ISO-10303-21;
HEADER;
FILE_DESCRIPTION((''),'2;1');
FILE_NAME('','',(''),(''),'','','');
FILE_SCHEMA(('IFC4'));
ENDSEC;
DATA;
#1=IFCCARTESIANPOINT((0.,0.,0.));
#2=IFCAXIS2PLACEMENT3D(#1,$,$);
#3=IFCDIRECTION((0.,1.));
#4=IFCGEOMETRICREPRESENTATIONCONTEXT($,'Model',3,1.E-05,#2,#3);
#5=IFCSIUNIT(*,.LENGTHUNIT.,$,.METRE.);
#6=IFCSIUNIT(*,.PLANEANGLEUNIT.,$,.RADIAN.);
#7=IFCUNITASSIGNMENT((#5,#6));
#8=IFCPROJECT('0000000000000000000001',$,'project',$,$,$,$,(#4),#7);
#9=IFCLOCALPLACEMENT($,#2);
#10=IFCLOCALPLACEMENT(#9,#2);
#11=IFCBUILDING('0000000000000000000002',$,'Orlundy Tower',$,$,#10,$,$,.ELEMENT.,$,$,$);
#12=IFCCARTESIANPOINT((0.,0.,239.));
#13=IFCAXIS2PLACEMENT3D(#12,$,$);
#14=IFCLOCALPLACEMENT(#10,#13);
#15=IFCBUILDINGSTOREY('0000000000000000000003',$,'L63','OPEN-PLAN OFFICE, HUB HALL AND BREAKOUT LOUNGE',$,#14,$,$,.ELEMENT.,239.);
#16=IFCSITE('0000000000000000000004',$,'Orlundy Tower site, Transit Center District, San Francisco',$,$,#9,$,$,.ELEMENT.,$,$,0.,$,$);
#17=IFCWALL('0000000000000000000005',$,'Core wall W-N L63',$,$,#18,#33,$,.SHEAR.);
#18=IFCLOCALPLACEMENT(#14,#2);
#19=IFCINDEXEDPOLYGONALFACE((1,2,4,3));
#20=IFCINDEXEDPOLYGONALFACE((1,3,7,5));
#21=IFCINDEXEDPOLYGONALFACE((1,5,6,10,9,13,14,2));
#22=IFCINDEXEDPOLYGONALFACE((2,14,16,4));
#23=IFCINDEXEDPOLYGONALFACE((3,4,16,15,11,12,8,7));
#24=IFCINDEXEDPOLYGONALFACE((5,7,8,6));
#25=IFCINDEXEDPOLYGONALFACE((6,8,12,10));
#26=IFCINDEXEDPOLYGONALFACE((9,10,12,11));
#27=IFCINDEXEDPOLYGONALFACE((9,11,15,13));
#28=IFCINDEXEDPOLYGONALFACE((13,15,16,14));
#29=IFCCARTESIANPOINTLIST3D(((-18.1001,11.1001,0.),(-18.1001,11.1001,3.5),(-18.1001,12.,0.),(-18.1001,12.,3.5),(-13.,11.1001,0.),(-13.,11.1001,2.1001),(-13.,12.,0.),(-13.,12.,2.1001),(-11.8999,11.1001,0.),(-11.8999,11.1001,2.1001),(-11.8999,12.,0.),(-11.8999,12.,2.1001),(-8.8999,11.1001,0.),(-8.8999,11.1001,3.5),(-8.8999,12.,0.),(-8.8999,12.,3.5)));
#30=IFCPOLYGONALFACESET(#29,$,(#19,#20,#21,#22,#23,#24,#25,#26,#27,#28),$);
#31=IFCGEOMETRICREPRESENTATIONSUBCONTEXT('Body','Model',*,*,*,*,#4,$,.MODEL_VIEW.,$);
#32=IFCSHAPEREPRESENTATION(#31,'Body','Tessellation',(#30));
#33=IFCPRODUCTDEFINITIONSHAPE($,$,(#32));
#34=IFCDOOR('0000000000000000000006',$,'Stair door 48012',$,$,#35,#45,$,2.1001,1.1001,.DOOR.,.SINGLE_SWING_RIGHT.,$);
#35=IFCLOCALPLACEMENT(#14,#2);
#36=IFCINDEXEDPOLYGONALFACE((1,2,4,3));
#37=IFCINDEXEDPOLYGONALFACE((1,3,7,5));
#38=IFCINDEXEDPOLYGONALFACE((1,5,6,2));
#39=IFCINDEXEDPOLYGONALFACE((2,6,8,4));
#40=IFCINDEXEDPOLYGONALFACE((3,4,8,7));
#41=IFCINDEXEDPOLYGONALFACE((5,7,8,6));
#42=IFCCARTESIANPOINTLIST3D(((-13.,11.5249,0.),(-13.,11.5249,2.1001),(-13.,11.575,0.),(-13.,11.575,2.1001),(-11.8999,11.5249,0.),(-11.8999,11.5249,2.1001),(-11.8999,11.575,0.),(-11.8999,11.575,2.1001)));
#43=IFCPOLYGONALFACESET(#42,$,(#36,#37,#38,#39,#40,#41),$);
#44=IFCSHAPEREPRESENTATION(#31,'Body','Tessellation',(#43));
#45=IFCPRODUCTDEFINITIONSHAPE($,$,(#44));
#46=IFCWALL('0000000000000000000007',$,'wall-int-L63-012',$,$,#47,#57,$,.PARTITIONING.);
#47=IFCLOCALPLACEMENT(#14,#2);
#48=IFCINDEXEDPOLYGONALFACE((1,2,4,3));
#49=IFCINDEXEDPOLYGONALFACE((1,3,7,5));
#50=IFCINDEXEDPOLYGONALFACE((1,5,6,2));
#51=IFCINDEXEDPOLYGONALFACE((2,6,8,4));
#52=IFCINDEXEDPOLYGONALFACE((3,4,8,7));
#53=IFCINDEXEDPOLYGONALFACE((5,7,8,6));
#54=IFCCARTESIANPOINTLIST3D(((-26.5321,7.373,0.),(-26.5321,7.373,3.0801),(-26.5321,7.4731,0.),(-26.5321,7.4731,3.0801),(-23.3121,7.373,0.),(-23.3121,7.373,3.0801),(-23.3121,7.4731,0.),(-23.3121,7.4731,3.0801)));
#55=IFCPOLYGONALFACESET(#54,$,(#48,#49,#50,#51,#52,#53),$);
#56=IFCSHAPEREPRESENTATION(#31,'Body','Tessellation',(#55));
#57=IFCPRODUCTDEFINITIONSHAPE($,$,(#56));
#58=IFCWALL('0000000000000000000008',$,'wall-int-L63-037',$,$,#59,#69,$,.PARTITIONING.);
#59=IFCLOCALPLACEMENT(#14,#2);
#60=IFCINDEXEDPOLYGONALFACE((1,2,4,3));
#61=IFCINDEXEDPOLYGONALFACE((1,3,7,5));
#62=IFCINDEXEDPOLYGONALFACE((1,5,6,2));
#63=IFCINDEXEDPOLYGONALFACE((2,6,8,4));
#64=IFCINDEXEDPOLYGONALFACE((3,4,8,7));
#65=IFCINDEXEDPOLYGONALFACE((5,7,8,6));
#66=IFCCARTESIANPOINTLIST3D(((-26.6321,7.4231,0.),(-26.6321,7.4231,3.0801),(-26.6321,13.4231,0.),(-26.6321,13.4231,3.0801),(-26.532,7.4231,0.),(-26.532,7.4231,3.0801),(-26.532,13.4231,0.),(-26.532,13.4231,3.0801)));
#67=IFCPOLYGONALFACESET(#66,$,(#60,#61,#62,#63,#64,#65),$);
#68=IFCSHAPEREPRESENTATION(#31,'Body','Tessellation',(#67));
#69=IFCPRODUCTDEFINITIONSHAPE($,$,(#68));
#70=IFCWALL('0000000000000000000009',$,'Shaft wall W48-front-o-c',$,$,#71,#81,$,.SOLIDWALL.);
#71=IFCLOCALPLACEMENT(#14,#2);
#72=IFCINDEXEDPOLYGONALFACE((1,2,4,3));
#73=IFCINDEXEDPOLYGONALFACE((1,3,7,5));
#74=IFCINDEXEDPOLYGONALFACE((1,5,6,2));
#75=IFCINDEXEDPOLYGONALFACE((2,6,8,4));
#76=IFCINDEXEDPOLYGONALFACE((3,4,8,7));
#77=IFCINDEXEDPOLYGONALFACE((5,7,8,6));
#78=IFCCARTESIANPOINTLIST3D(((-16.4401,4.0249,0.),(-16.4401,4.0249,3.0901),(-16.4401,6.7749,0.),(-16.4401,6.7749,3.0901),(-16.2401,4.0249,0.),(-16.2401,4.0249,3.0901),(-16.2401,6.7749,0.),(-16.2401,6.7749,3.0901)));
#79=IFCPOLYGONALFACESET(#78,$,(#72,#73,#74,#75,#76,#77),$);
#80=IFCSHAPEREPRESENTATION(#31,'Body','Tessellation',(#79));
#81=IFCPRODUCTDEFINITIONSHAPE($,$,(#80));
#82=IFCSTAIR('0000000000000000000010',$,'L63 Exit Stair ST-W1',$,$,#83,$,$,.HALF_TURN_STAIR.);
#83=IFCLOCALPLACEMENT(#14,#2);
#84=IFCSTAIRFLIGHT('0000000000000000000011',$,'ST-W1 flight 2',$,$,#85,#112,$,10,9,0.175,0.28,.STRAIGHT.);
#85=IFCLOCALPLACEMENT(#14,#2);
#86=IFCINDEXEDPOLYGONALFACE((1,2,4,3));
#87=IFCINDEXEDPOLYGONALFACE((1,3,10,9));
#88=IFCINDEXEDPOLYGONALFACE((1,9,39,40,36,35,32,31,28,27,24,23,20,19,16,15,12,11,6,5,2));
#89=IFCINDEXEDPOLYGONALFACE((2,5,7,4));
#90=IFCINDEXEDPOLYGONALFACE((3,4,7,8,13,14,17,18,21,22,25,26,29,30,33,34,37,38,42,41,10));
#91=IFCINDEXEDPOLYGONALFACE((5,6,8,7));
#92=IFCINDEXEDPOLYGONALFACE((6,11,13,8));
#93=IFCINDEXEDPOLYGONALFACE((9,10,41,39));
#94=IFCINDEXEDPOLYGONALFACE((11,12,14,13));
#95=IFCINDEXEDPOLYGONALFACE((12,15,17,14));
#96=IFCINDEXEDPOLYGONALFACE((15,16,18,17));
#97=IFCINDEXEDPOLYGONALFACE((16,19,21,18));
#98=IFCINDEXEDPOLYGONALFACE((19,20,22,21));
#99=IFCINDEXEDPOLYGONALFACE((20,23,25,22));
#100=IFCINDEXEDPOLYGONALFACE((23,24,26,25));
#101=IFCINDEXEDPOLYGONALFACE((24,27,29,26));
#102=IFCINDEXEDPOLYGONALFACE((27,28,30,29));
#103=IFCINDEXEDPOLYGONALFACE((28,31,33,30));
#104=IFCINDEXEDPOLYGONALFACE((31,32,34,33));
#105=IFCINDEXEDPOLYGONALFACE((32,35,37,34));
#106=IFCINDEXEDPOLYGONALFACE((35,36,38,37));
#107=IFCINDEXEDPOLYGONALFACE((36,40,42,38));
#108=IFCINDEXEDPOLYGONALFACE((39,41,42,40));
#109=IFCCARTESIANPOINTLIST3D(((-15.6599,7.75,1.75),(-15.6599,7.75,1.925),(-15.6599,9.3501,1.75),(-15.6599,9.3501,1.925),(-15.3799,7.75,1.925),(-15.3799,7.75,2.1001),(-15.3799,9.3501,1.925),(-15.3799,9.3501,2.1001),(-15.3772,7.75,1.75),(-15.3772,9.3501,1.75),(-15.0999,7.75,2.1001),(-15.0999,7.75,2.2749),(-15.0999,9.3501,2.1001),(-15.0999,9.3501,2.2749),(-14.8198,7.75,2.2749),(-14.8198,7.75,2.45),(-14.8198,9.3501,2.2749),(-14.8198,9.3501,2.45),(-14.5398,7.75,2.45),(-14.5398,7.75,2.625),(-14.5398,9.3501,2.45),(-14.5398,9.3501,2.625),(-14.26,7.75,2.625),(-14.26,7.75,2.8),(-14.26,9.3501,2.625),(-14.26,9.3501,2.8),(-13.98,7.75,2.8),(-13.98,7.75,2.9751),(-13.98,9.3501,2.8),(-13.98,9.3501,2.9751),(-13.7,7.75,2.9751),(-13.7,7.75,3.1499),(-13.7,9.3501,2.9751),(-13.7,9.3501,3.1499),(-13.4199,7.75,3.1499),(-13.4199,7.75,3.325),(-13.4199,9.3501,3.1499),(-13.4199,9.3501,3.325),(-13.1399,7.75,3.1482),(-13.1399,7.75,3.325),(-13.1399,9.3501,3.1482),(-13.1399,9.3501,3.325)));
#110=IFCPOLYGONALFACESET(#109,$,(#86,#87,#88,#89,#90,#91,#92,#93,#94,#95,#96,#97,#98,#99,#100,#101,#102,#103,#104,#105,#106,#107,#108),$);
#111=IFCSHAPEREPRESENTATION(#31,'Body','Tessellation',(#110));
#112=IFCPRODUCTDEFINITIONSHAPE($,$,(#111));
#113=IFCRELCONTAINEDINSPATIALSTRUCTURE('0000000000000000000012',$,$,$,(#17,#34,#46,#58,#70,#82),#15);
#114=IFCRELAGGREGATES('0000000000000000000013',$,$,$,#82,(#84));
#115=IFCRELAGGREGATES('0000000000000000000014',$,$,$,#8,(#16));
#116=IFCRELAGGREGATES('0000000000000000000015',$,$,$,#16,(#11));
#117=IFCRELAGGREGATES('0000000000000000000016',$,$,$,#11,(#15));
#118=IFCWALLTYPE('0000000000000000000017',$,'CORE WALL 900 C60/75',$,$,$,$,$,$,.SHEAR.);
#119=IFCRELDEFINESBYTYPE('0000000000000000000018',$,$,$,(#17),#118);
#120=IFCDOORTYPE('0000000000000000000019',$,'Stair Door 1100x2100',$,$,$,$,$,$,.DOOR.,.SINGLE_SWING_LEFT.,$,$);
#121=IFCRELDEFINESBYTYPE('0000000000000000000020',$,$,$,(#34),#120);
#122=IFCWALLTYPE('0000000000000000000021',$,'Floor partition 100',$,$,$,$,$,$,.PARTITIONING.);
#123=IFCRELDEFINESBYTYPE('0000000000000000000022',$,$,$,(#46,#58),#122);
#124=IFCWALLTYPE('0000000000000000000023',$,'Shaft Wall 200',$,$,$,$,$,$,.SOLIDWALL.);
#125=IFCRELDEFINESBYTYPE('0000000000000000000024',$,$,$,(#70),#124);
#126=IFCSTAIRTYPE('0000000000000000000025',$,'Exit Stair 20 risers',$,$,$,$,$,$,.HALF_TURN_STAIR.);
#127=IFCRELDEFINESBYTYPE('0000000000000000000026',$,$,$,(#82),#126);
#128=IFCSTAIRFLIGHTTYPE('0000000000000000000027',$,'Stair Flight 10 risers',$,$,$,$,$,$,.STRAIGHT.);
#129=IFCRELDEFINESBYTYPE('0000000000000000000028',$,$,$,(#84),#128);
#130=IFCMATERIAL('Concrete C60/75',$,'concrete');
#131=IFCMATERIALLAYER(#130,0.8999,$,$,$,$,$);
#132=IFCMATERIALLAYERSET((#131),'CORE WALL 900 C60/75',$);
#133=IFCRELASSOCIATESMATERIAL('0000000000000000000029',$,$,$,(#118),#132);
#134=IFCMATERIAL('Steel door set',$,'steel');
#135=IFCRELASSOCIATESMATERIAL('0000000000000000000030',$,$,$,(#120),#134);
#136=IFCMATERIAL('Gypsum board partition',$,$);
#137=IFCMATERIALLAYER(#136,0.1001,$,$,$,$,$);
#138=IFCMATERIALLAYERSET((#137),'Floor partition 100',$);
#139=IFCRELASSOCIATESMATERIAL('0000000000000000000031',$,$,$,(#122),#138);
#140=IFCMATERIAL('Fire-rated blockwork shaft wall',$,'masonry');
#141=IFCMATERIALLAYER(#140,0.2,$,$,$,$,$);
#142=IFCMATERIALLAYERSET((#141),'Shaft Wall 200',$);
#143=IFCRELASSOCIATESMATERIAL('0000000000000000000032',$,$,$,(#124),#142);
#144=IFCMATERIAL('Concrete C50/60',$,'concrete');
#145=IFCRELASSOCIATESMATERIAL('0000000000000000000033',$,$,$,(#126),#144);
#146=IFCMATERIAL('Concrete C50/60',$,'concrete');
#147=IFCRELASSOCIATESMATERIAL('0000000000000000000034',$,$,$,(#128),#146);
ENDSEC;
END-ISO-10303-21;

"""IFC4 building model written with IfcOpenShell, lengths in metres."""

from ifc_helpers import new_model, si_unit, direction, frame, frame_2d, origin, place, context, subcontext, project, spatial, polyline, rectangle, outline, extrude, material, layer, layer_set, type_object, element, fill, aggregate, save


model = new_model("IFC4")

# Units and contexts
model_context = context("Model", 3, precision=1e-05, world=origin(), true_north=direction((0.0, 1.0)))
body_context = subcontext(model_context, "Body", "Model", "MODEL_VIEW")
ifc_project = project(units=[si_unit("LENGTHUNIT", "METRE"), si_unit("PLANEANGLEUNIT", "RADIAN")], contexts=[model_context])

# Site, building, storey
site_placement = place(None, origin())
site = spatial("IfcSite", under=ifc_project, at=site_placement, Name="Orlundy Tower site, Transit Center District, San Francisco", CompositionType="ELEMENT", RefElevation=0.0)
building_placement = place(site_placement, origin())
building = spatial("IfcBuilding", under=site, at=building_placement, Name="Orlundy Tower", CompositionType="ELEMENT")
storey_placement = place(building_placement, frame((0.0, 0.0, 239.0)))
storey = spatial("IfcBuildingStorey", under=building, at=storey_placement, Name="L63", Description="OPEN-PLAN OFFICE, HUB HALL AND BREAKOUT LOUNGE", CompositionType="ELEMENT", Elevation=239.0)

# Wall, opening, door
ifc_material_1 = material(Name="Concrete C60/75", Category="concrete")
ifc_layer_1 = layer(ifc_material_1, 0.8999)
ifc_layer_set_1 = layer_set([ifc_layer_1], Name="CORE WALL 900 C60/75")
wall_type_1 = type_object("IfcWallType", Name="CORE WALL 900 C60/75", PredefinedType="SHEAR", material=ifc_layer_set_1)
wall_1_placement = place(storey_placement, frame((-18.1001, 11.55, 0.0), z_axis=(0.0, 0.0, 1.0), x_axis=(1.0, 0.0, 0.0)))
wall_1 = element("IfcWall", 1, at=wall_1_placement, inside=storey, type_object=wall_type_1, Name="Core wall W-N L63", PredefinedType="SHEAR", context=body_context, shape_type="SweptSolid", body=[
    extrude(rectangle(XDim=9.2002, YDim=0.8999, at=frame_2d((4.6001, 0.0))), origin(), (0.0, 0.0, 1.0), 3.5),
])
opening_placement = place(wall_1_placement, frame((5.1001, 0.0, 0.0)))
opening = element("IfcOpeningElement", 2, at=opening_placement, cuts=wall_1, PredefinedType="OPENING", context=body_context, shape_type="SweptSolid", body=[
    extrude(rectangle(XDim=1.1001, YDim=2.1001, at=frame_2d((0.55, 1.05))), frame((0.0, 0.46, 0.0), z_axis=(0.0, -1.0, 0.0), x_axis=(1.0, 0.0, 0.0)), (0.0, 0.0, 1.0), 0.9199),
])
ifc_material_2 = material(Name="Steel door set", Category="steel")
door_type = type_object("IfcDoorType", Name="Stair Door 1100x2100", OperationType="SINGLE_SWING_LEFT", PredefinedType="DOOR", material=ifc_material_2)
door_placement = place(opening_placement, origin())
door = element("IfcDoor", 3, at=door_placement, inside=storey, type_object=door_type, Name="Stair door 48012", OperationType="SINGLE_SWING_RIGHT", OverallHeight=2.1001, OverallWidth=1.1001, PredefinedType="DOOR", context=body_context, shape_type="SweptSolid", body=[
    extrude(rectangle(XDim=1.1001, YDim=2.1001, at=frame_2d((0.55, 1.05))), frame((0.0, 0.0249, 0.0), z_axis=(0.0, -1.0, 0.0), x_axis=(1.0, 0.0, 0.0)), (0.0, 0.0, 1.0), 0.05),
])
fill(opening, door)

# Walls
ifc_material_3 = material(Name="Gypsum board partition")
ifc_layer_2 = layer(ifc_material_3, 0.1001)
ifc_layer_set_2 = layer_set([ifc_layer_2], Name="Floor partition 100")
wall_type_2 = type_object("IfcWallType", Name="Floor partition 100", PredefinedType="PARTITIONING", material=ifc_layer_set_2)
wall_2_placement = place(storey_placement, frame((-26.532, 7.4231, 0.0), z_axis=(0.0, 0.0, 1.0), x_axis=(1.0, 0.0, 0.0)))
element("IfcWall", 4, at=wall_2_placement, inside=storey, type_object=wall_type_2, Name="wall-int-L63-012", PredefinedType="PARTITIONING", context=body_context, shape_type="SweptSolid", body=[
    extrude(rectangle(XDim=3.22, YDim=0.1001, at=frame_2d((1.6099, 0.0))), origin(), (0.0, 0.0, 1.0), 3.0801),
])
wall_3_placement = place(storey_placement, frame((-26.582, 7.4231, 0.0), z_axis=(0.0, 0.0, 1.0), x_axis=(0.0, 1.0, 0.0)))
element("IfcWall", 5, at=wall_3_placement, inside=storey, type_object=wall_type_2, Name="wall-int-L63-037", PredefinedType="PARTITIONING", context=body_context, shape_type="SweptSolid", body=[
    extrude(rectangle(XDim=6.0, YDim=0.1001, at=frame_2d((3.0, 0.0))), origin(), (0.0, 0.0, 1.0), 3.0801),
])
ifc_material_4 = material(Name="Fire-rated blockwork shaft wall", Category="masonry")
ifc_layer_3 = layer(ifc_material_4, 0.2)
ifc_layer_set_3 = layer_set([ifc_layer_3], Name="Shaft Wall 200")
wall_type_3 = type_object("IfcWallType", Name="Shaft Wall 200", PredefinedType="SOLIDWALL", material=ifc_layer_set_3)
wall_4_placement = place(storey_placement, frame((-16.3401, 4.0249, 0.0), z_axis=(0.0, 0.0, 1.0), x_axis=(0.0, 1.0, 0.0)))
element("IfcWall", 6, at=wall_4_placement, inside=storey, type_object=wall_type_3, Name="Shaft wall W48-front-o-c", PredefinedType="SOLIDWALL", context=body_context, shape_type="SweptSolid", body=[
    extrude(rectangle(XDim=2.75, YDim=0.2, at=frame_2d((1.375, 0.0))), origin(), (0.0, 0.0, 1.0), 3.0901),
])

# Stair, stair flight
ifc_material_5 = material(Name="Concrete C50/60", Category="concrete")
stair_type = type_object("IfcStairType", Name="Exit Stair 20 risers", PredefinedType="HALF_TURN_STAIR", material=ifc_material_5)
stair_placement = place(storey_placement, origin())
stair = element("IfcStair", 7, at=stair_placement, inside=storey, type_object=stair_type, Name="L63 Exit Stair ST-W1", PredefinedType="HALF_TURN_STAIR")
ifc_material_6 = material(Name="Concrete C50/60", Category="concrete")
stair_flight_type = type_object("IfcStairFlightType", Name="Stair Flight 10 risers", PredefinedType="STRAIGHT", material=ifc_material_6)
stair_flight_placement = place(storey_placement, frame((-15.6599, 8.55, 1.75), z_axis=(0.0, 0.0, 1.0), x_axis=(1.0, 0.0, 0.0)))
stair_flight = element("IfcStairFlight", 8, at=stair_flight_placement, type_object=stair_flight_type, Name="ST-W1 flight 2", NumberOfRisers=10, NumberOfTreads=9, PredefinedType="STRAIGHT", RiserHeight=0.175, TreadLength=0.28, context=body_context, shape_type="SweptSolid", body=[
    extrude(outline(polyline([(0.0, 0.0), (0.0, 0.175), (0.28, 0.175), (0.28, 0.3501), (0.5601, 0.3501), (0.5601, 0.5249), (0.8401, 0.5249), (0.8401, 0.7), (1.1201, 0.7), (1.1201, 0.875), (1.3999, 0.875), (1.3999, 1.05), (1.6799, 1.05), (1.6799, 1.2251), (1.96, 1.2251), (1.96, 1.3999), (2.24, 1.3999), (2.24, 1.575), (2.52, 1.575), (2.52, 1.75), (2.52, 1.3982), (0.2827, 0.0), (0.0, 0.0)])), frame((0.0, 0.8, 0.0), z_axis=(0.0, -1.0, 0.0), x_axis=(1.0, 0.0, 0.0)), (0.0, 0.0, 1.0), 1.6001),
])
aggregate(stair, [stair_flight])

save(model, "model.ifc")
